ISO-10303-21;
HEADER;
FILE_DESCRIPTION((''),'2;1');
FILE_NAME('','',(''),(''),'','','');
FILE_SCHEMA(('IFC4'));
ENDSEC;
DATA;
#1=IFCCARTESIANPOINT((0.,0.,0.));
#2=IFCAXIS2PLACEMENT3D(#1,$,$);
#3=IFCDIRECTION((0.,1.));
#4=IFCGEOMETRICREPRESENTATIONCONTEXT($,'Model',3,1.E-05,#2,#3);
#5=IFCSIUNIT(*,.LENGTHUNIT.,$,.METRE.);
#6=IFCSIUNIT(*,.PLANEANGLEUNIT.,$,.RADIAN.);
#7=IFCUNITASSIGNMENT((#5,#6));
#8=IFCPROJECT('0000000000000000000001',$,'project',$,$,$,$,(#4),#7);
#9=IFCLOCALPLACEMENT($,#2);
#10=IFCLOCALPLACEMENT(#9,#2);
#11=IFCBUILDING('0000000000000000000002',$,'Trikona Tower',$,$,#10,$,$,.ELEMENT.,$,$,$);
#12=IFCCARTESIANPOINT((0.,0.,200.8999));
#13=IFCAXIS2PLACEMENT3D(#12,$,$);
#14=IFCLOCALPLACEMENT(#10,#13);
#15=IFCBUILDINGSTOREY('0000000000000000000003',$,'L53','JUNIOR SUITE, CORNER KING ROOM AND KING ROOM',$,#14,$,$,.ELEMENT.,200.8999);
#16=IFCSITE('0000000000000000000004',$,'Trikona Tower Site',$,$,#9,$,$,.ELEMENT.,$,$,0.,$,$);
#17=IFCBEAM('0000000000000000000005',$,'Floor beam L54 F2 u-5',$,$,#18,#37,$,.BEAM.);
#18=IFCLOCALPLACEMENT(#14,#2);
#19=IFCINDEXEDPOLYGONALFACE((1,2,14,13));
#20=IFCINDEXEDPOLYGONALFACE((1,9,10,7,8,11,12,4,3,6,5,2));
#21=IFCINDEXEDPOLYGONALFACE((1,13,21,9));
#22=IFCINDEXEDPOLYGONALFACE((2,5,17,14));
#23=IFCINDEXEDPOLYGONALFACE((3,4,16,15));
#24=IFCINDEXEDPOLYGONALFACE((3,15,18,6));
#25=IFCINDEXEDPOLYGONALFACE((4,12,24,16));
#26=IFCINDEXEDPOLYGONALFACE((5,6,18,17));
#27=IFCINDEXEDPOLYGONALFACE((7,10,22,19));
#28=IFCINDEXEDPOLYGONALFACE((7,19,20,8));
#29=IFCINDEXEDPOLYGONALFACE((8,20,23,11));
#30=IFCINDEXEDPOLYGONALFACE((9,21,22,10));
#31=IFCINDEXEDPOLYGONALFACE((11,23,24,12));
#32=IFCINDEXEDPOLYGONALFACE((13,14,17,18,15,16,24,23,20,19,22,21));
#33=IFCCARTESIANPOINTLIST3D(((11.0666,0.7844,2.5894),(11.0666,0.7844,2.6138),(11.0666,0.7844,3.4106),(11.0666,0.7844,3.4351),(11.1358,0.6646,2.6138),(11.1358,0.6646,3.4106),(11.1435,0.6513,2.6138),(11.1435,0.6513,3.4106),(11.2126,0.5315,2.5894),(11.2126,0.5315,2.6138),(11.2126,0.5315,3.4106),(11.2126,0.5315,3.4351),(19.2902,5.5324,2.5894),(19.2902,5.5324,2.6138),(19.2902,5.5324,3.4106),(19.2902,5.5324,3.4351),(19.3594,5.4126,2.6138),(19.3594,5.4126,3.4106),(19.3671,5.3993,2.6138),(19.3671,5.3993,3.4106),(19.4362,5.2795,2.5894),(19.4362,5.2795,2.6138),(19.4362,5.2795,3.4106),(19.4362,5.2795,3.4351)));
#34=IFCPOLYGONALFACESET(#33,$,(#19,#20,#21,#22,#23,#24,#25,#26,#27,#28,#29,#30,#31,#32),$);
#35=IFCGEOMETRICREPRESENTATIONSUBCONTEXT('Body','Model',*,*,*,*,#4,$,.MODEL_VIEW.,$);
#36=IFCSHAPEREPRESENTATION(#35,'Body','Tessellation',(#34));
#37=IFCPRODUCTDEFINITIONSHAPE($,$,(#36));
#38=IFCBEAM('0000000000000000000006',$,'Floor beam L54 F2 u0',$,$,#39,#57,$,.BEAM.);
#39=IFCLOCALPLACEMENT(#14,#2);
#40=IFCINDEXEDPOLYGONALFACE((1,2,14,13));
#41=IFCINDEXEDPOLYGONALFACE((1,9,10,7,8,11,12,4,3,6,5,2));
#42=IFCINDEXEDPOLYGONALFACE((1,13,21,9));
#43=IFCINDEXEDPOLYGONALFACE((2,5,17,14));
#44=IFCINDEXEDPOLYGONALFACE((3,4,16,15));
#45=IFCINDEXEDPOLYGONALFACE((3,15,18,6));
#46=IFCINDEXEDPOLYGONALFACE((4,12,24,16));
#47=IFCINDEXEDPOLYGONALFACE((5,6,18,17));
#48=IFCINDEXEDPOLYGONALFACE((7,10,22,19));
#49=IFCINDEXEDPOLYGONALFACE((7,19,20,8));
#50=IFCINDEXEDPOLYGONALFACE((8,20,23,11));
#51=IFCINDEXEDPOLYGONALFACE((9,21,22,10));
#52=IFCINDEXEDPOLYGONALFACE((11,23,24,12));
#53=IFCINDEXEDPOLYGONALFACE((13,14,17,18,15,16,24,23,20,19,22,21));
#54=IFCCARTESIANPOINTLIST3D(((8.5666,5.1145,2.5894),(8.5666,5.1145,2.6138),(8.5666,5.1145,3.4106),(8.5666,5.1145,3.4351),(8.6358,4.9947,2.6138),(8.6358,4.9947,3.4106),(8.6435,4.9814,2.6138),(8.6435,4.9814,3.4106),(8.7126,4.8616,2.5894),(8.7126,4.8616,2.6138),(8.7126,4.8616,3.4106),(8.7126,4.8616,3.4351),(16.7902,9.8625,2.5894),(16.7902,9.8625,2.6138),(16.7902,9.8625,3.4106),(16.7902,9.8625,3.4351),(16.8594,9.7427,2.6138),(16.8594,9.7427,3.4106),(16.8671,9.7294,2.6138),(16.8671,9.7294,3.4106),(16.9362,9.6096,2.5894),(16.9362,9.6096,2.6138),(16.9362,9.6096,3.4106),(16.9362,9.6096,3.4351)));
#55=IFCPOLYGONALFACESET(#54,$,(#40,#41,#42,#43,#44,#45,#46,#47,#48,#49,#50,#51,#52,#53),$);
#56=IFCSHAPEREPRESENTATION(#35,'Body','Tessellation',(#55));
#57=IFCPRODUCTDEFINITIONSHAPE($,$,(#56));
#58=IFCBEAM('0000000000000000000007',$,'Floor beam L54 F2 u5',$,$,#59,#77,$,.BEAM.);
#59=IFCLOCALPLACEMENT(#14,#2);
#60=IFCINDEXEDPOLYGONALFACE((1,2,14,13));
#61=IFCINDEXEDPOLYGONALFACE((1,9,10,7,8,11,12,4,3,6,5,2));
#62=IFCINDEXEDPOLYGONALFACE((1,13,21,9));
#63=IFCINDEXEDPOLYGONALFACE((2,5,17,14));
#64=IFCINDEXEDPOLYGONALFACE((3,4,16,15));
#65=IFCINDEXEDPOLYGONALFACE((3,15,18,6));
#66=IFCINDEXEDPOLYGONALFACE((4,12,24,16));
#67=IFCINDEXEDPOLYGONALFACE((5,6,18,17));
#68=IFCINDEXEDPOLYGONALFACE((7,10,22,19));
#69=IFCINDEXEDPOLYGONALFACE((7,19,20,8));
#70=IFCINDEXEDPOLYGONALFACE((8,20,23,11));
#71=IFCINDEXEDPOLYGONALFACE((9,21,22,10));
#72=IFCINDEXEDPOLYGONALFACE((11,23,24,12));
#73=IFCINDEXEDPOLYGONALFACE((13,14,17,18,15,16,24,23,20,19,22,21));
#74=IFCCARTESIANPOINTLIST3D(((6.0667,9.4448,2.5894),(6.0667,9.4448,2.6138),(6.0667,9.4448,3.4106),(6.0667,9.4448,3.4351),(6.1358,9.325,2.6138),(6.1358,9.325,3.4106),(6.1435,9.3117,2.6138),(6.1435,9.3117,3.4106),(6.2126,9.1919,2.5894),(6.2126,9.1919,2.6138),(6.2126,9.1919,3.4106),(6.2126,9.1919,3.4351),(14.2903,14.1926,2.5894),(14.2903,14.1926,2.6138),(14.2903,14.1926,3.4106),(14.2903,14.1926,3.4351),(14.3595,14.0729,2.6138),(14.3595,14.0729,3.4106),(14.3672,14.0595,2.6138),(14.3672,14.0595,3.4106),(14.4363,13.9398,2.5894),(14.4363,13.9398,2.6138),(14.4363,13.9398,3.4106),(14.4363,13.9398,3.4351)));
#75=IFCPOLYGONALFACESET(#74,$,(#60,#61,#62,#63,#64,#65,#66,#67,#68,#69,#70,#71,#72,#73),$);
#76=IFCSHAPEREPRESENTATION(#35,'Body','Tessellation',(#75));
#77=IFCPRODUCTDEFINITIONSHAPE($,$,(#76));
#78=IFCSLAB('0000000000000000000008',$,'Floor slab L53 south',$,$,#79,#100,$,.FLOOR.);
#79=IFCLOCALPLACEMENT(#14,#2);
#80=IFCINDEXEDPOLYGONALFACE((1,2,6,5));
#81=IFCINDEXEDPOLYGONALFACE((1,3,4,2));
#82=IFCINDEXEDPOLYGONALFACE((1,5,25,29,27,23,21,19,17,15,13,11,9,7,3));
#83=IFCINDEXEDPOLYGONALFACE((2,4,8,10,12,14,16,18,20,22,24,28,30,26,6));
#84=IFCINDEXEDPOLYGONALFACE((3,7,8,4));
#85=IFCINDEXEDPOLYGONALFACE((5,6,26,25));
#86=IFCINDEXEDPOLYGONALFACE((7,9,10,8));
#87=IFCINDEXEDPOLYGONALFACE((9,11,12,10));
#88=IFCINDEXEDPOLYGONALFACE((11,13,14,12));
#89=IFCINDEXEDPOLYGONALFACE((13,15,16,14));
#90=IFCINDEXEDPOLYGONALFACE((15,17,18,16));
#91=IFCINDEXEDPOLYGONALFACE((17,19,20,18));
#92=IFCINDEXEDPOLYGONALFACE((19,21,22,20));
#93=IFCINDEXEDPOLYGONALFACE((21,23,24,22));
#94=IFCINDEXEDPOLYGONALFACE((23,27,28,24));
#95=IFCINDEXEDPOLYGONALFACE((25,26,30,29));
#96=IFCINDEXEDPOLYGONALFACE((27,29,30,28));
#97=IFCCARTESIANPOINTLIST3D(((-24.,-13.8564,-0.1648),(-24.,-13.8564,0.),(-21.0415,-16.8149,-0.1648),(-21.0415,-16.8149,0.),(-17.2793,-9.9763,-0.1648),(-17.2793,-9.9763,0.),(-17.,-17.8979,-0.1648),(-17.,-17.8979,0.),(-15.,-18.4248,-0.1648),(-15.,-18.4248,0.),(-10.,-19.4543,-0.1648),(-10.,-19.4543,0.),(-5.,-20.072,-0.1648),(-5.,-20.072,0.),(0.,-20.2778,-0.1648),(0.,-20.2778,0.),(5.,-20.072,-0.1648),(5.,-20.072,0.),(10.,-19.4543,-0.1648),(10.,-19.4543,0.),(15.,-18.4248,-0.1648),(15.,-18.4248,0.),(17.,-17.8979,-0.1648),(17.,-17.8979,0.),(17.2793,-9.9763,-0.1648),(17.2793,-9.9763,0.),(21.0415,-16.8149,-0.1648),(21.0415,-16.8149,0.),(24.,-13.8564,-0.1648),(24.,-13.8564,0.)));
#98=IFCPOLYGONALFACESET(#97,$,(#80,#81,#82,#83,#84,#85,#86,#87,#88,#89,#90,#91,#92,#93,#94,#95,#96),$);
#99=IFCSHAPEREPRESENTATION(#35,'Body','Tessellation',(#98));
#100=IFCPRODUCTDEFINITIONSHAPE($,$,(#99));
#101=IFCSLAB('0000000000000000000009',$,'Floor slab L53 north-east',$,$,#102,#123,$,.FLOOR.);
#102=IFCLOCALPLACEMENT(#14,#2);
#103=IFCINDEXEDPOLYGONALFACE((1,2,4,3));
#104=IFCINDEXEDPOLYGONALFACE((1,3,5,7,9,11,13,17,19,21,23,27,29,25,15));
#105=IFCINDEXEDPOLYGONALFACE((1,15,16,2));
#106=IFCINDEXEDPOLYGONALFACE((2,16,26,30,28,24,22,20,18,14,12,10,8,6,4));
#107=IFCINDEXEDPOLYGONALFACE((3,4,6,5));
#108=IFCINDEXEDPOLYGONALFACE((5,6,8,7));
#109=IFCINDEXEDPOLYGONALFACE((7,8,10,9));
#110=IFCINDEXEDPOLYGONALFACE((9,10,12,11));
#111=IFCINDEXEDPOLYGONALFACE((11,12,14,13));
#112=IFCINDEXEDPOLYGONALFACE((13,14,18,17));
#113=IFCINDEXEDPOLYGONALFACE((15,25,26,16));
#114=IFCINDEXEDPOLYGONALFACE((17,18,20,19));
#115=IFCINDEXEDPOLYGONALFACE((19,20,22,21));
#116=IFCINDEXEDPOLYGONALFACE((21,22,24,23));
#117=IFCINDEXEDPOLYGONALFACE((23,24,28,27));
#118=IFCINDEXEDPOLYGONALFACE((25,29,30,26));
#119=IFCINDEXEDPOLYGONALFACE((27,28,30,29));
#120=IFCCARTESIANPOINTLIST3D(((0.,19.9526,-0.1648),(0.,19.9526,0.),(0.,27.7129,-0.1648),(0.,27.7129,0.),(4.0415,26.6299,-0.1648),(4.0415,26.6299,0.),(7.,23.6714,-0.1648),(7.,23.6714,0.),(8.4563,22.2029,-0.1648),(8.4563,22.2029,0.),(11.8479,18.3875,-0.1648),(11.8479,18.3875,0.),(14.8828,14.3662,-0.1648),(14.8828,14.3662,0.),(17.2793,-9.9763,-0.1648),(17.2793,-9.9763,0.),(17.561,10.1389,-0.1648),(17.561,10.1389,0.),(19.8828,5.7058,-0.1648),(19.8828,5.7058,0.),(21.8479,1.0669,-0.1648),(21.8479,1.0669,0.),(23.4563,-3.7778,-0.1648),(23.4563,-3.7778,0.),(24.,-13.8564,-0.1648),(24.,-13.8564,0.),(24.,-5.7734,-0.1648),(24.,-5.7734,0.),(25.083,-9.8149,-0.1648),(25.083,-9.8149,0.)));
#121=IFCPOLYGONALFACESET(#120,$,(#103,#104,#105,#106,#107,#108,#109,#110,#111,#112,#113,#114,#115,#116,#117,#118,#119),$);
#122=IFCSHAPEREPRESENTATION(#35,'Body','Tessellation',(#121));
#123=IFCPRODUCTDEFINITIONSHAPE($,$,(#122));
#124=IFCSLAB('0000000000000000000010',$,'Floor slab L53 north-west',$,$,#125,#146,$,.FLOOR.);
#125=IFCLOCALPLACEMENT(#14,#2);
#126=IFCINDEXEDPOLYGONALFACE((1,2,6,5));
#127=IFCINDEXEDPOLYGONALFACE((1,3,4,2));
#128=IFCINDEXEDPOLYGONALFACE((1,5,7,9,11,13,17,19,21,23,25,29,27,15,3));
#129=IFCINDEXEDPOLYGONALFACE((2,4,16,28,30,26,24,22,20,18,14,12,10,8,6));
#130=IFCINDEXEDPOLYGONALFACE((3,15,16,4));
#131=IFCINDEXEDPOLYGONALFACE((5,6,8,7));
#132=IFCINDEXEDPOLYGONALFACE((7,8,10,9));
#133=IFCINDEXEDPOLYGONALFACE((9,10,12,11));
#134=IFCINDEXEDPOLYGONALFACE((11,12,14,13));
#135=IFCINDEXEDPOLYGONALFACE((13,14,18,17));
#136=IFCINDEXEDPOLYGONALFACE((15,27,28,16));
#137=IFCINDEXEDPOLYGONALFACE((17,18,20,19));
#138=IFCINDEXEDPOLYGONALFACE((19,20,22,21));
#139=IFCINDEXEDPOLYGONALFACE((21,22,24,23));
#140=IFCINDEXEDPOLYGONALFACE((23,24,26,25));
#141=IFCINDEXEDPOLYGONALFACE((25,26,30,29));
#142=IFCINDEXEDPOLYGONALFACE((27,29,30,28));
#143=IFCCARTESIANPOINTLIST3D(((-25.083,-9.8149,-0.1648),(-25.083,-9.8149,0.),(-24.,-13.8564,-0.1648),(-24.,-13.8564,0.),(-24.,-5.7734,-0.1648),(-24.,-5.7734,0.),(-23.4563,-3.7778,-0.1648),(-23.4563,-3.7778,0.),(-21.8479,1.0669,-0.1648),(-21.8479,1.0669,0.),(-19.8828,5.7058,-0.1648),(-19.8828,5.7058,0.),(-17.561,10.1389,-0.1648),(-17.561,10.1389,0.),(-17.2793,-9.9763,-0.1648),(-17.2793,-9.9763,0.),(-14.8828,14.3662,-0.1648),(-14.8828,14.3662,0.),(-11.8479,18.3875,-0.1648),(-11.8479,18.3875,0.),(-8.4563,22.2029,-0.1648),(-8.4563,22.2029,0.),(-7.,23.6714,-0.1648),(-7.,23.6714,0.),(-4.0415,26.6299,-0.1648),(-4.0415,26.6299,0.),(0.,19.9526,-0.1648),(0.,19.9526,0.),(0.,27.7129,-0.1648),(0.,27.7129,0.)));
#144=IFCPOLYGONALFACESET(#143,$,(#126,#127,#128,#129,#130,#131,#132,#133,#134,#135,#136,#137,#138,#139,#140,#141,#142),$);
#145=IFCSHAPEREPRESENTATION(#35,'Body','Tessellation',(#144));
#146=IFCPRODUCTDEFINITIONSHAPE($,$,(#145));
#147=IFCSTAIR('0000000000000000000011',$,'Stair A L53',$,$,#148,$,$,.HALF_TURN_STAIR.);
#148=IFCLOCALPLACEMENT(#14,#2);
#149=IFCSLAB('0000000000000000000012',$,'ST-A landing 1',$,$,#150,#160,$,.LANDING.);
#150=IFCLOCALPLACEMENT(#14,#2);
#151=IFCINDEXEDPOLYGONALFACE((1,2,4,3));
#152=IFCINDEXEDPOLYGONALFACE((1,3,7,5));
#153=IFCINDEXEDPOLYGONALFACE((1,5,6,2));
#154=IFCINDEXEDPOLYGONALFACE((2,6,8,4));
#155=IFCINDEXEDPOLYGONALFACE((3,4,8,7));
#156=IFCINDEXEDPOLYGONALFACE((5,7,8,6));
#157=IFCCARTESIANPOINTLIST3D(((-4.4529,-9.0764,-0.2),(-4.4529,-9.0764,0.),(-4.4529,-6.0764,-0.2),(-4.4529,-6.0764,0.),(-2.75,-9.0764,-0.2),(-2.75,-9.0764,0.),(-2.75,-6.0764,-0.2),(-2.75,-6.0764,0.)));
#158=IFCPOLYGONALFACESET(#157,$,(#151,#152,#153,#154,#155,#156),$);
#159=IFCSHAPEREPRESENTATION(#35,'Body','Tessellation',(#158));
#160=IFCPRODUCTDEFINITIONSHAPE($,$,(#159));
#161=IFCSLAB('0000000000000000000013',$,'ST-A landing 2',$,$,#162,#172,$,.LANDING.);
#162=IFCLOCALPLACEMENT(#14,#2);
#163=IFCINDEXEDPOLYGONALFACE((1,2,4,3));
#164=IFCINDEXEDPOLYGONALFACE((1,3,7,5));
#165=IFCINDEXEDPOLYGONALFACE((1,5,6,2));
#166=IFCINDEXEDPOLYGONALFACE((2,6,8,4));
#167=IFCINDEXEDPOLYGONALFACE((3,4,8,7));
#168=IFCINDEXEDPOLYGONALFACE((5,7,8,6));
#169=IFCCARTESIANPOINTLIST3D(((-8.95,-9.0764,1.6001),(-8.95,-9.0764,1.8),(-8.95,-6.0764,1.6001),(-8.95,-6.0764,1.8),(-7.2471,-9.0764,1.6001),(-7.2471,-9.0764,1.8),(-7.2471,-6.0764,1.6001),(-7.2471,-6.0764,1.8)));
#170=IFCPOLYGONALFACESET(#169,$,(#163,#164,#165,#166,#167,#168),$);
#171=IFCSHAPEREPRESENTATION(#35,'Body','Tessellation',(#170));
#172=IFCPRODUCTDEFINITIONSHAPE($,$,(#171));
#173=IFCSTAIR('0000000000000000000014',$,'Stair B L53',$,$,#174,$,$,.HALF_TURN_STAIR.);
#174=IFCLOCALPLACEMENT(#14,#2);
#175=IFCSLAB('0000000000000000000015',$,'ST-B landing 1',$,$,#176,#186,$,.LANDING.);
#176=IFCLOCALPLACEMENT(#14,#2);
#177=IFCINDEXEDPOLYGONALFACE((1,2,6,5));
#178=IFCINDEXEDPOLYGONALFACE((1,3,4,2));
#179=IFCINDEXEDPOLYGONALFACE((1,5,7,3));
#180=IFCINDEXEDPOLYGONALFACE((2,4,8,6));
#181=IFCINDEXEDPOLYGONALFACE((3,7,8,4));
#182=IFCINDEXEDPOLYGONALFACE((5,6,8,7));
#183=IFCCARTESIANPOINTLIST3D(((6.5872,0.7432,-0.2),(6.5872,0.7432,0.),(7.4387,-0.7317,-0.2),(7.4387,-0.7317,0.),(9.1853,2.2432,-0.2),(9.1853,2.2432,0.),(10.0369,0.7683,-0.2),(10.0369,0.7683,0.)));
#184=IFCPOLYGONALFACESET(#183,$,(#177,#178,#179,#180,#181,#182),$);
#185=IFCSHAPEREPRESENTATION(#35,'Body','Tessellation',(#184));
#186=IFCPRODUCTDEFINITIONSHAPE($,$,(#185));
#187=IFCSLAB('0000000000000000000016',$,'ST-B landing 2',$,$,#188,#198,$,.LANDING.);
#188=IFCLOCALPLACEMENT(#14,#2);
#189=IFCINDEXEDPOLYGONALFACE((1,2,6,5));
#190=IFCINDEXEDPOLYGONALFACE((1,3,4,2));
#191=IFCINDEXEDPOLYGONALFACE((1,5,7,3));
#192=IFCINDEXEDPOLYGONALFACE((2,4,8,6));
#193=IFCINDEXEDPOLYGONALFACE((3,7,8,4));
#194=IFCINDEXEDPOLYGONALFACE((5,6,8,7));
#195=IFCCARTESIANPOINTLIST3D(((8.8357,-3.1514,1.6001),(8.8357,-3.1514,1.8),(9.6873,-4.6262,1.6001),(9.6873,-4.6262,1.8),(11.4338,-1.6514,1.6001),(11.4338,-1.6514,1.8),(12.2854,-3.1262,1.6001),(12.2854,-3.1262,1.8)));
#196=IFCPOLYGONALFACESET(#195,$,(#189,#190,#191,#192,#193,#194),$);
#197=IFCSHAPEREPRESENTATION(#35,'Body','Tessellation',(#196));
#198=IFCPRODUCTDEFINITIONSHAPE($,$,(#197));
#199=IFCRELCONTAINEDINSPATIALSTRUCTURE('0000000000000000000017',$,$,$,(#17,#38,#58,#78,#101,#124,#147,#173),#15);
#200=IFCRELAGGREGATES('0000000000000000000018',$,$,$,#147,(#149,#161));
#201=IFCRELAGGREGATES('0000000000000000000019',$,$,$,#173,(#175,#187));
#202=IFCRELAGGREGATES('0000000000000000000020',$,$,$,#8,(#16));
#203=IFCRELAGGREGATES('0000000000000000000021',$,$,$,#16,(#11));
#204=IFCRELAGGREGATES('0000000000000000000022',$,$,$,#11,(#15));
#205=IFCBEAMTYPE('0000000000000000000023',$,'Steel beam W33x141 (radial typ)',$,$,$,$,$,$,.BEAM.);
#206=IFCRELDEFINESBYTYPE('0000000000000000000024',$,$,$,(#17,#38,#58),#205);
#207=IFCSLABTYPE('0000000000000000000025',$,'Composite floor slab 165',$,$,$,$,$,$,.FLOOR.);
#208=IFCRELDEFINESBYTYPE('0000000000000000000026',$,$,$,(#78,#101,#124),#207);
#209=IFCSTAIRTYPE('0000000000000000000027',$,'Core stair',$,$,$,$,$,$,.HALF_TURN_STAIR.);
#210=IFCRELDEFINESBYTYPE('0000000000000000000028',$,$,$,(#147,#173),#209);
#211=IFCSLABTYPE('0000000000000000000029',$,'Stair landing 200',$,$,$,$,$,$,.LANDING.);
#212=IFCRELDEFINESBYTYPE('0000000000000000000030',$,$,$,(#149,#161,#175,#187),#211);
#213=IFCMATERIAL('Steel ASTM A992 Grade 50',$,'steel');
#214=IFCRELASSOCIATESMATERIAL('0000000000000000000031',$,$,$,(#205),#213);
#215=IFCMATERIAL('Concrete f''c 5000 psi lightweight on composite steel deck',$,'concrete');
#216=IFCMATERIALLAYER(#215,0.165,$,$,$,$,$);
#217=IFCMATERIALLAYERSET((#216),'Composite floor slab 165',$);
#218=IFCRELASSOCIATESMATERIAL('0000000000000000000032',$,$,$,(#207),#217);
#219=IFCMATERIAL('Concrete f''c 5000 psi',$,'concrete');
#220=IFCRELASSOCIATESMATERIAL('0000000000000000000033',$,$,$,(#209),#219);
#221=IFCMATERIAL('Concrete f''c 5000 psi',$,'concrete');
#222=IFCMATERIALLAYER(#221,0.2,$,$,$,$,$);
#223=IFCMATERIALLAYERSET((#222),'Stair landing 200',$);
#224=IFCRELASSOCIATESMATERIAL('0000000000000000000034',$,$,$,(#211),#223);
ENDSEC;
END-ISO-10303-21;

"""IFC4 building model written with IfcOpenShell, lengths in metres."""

from ifc_helpers import new_model, si_unit, direction, frame, origin, origin_2d, place, context, subcontext, project, spatial, polyline, i_section, outline, extrude, material, layer, layer_set, material_profile, profile_set, type_object, element, aggregate, save


model = new_model("IFC4")

# Units and contexts
model_context = context("Model", 3, precision=1e-05, world=origin(), true_north=direction((0.0, 1.0)))
body_context = subcontext(model_context, "Body", "Model", "MODEL_VIEW")
ifc_project = project(units=[si_unit("LENGTHUNIT", "METRE"), si_unit("PLANEANGLEUNIT", "RADIAN")], contexts=[model_context])

# Site, building, storey
site_placement = place(None, origin())
site = spatial("IfcSite", under=ifc_project, at=site_placement, Name="Trikona Tower Site", CompositionType="ELEMENT", RefElevation=0.0)
building_placement = place(site_placement, origin())
building = spatial("IfcBuilding", under=site, at=building_placement, Name="Trikona Tower", CompositionType="ELEMENT")
storey_placement = place(building_placement, frame((0.0, 0.0, 200.8999)))
storey = spatial("IfcBuildingStorey", under=building, at=storey_placement, Name="L53", Description="JUNIOR SUITE, CORNER KING ROOM AND KING ROOM", CompositionType="ELEMENT", Elevation=200.8999)

# Beams
ifc_material_1 = material(Name="Steel ASTM A992 Grade 50", Category="steel")
ifc_material_profile = material_profile(ifc_material_1, i_section(OverallWidth=0.292, OverallDepth=0.8457, WebThickness=0.0154, FlangeThickness=0.0244, at=origin_2d()), Name="W33X141")
ifc_profile_set = profile_set([ifc_material_profile], Name="Steel ASTM A992 Grade 50")
beam_type = type_object("IfcBeamType", Name="Steel beam W33x141 (radial typ)", PredefinedType="BEAM", material=ifc_profile_set)
for number, where, z_axis, x_axis, name in (
    (1, (11.1396, 0.658, 3.0122), (0.866019, 0.50001, 0.0), (-0.50001, 0.866019, 0.0), "Floor beam L54 F2 u-5"),
    (2, (8.6396, 4.988, 3.0122), (0.866019, 0.50001, 0.0), (-0.50001, 0.866019, 0.0), "Floor beam L54 F2 u0"),
    (3, (6.1396, 9.3184, 3.0122), (0.866031, 0.499991, 0.0), (-0.499991, 0.866031, 0.0), "Floor beam L54 F2 u5"),
):
    element("IfcBeam", number, at=place(storey_placement, frame(where, z_axis=z_axis, x_axis=x_axis)), inside=storey, type_object=beam_type, Name=name, PredefinedType="BEAM", context=body_context, shape_type="SweptSolid", body=[
        extrude(i_section(OverallWidth=0.292, OverallDepth=0.8457, WebThickness=0.0154, FlangeThickness=0.0244, at=origin_2d()), origin(), (0.0, 0.0, 1.0), 9.4958),
    ])

# Slabs
ifc_material_2 = material(Name="Concrete f'c 5000 psi lightweight on composite steel deck", Category="concrete")
ifc_layer_1 = layer(ifc_material_2, 0.165)
ifc_layer_set_1 = layer_set([ifc_layer_1], Name="Composite floor slab 165")
slab_type_1 = type_object("IfcSlabType", Name="Composite floor slab 165", PredefinedType="FLOOR", material=ifc_layer_set_1)
slab_1_placement = place(storey_placement, frame((0.0, 0.0, -0.1648)))
element("IfcSlab", 4, at=slab_1_placement, inside=storey, type_object=slab_type_1, Name="Floor slab L53 south", PredefinedType="FLOOR", context=body_context, shape_type="SweptSolid", body=[
    extrude(outline(polyline([(21.0415, -16.8149), (24.0, -13.8564), (17.2793, -9.9763), (-17.2793, -9.9763), (-24.0, -13.8564), (-21.0415, -16.8149), (-17.0, -17.8979), (-15.0, -18.4248), (-10.0, -19.4543), (-5.0, -20.072), (0.0, -20.2778), (5.0, -20.072), (10.0, -19.4543), (15.0, -18.4248), (17.0, -17.8979), (21.0415, -16.8149)])), origin(), (0.0, 0.0, 1.0), 0.1648),
])
slab_2_placement = place(storey_placement, frame((0.0, 0.0, -0.1648)))
element("IfcSlab", 5, at=slab_2_placement, inside=storey, type_object=slab_type_1, Name="Floor slab L53 north-east", PredefinedType="FLOOR", context=body_context, shape_type="SweptSolid", body=[
    extrude(outline(polyline([(4.0415, 26.6299), (0.0, 27.7129), (0.0, 19.9526), (17.2793, -9.9763), (24.0, -13.8564), (25.083, -9.8149), (24.0, -5.7734), (23.4563, -3.7778), (21.8479, 1.0669), (19.8828, 5.7058), (17.561, 10.1389), (14.8828, 14.3662), (11.8479, 18.3875), (8.4563, 22.2029), (7.0, 23.6714), (4.0415, 26.6299)])), origin(), (0.0, 0.0, 1.0), 0.1648),
])
slab_3_placement = place(storey_placement, frame((0.0, 0.0, -0.1648)))
element("IfcSlab", 6, at=slab_3_placement, inside=storey, type_object=slab_type_1, Name="Floor slab L53 north-west", PredefinedType="FLOOR", context=body_context, shape_type="SweptSolid", body=[
    extrude(outline(polyline([(0.0, 19.9526), (0.0, 27.7129), (-4.0415, 26.6299), (-7.0, 23.6714), (-8.4563, 22.2029), (-11.8479, 18.3875), (-14.8828, 14.3662), (-17.561, 10.1389), (-19.8828, 5.7058), (-21.8479, 1.0669), (-23.4563, -3.7778), (-24.0, -5.7734), (-25.083, -9.8149), (-24.0, -13.8564), (-17.2793, -9.9763), (0.0, 19.9526)])), origin(), (0.0, 0.0, 1.0), 0.1648),
])

# Stairs, slabs
ifc_material_3 = material(Name="Concrete f'c 5000 psi", Category="concrete")
stair_type = type_object("IfcStairType", Name="Core stair", PredefinedType="HALF_TURN_STAIR", material=ifc_material_3)
stair_1_placement = place(storey_placement, origin())
stair_1 = element("IfcStair", 7, at=stair_1_placement, inside=storey, type_object=stair_type, Name="Stair A L53", PredefinedType="HALF_TURN_STAIR")
ifc_material_4 = material(Name="Concrete f'c 5000 psi", Category="concrete")
ifc_layer_2 = layer(ifc_material_4, 0.2)
ifc_layer_set_2 = layer_set([ifc_layer_2], Name="Stair landing 200")
slab_type_2 = type_object("IfcSlabType", Name="Stair landing 200", PredefinedType="LANDING", material=ifc_layer_set_2)
slab_4_placement = place(storey_placement, frame((0.0, 0.0, -0.2)))
slab_4 = element("IfcSlab", 8, at=slab_4_placement, type_object=slab_type_2, Name="ST-A landing 1", PredefinedType="LANDING", context=body_context, shape_type="SweptSolid", body=[
    extrude(outline(polyline([(-4.4529, -6.0764), (-2.75, -6.0764), (-2.75, -9.0764), (-4.4529, -9.0764), (-4.4529, -6.0764)])), origin(), (0.0, 0.0, 1.0), 0.2),
])
slab_5_placement = place(storey_placement, frame((0.0, 0.0, 1.6001)))
slab_5 = element("IfcSlab", 9, at=slab_5_placement, type_object=slab_type_2, Name="ST-A landing 2", PredefinedType="LANDING", context=body_context, shape_type="SweptSolid", body=[
    extrude(outline(polyline([(-8.95, -6.0764), (-7.2471, -6.0764), (-7.2471, -9.0764), (-8.95, -9.0764), (-8.95, -6.0764)])), origin(), (0.0, 0.0, 1.0), 0.2),
])
aggregate(stair_1, [slab_4, slab_5])
stair_2_placement = place(storey_placement, origin())
stair_2 = element("IfcStair", 10, at=stair_2_placement, inside=storey, type_object=stair_type, Name="Stair B L53", PredefinedType="HALF_TURN_STAIR")
slab_6_placement = place(storey_placement, frame((0.0, 0.0, -0.2)))
slab_6 = element("IfcSlab", 11, at=slab_6_placement, type_object=slab_type_2, Name="ST-B landing 1", PredefinedType="LANDING", context=body_context, shape_type="SweptSolid", body=[
    extrude(outline(polyline([(7.4387, -0.7317), (6.5872, 0.7432), (9.1853, 2.2432), (10.0369, 0.7683), (7.4387, -0.7317)])), origin(), (0.0, 0.0, 1.0), 0.2),
])
slab_7_placement = place(storey_placement, frame((0.0, 0.0, 1.6001)))
slab_7 = element("IfcSlab", 12, at=slab_7_placement, type_object=slab_type_2, Name="ST-B landing 2", PredefinedType="LANDING", context=body_context, shape_type="SweptSolid", body=[
    extrude(outline(polyline([(9.6873, -4.6262), (8.8357, -3.1514), (11.4338, -1.6514), (12.2854, -3.1262), (9.6873, -4.6262)])), origin(), (0.0, 0.0, 1.0), 0.2),
])

aggregate(stair_2, [slab_6, slab_7])

save(model, "model.ifc")
